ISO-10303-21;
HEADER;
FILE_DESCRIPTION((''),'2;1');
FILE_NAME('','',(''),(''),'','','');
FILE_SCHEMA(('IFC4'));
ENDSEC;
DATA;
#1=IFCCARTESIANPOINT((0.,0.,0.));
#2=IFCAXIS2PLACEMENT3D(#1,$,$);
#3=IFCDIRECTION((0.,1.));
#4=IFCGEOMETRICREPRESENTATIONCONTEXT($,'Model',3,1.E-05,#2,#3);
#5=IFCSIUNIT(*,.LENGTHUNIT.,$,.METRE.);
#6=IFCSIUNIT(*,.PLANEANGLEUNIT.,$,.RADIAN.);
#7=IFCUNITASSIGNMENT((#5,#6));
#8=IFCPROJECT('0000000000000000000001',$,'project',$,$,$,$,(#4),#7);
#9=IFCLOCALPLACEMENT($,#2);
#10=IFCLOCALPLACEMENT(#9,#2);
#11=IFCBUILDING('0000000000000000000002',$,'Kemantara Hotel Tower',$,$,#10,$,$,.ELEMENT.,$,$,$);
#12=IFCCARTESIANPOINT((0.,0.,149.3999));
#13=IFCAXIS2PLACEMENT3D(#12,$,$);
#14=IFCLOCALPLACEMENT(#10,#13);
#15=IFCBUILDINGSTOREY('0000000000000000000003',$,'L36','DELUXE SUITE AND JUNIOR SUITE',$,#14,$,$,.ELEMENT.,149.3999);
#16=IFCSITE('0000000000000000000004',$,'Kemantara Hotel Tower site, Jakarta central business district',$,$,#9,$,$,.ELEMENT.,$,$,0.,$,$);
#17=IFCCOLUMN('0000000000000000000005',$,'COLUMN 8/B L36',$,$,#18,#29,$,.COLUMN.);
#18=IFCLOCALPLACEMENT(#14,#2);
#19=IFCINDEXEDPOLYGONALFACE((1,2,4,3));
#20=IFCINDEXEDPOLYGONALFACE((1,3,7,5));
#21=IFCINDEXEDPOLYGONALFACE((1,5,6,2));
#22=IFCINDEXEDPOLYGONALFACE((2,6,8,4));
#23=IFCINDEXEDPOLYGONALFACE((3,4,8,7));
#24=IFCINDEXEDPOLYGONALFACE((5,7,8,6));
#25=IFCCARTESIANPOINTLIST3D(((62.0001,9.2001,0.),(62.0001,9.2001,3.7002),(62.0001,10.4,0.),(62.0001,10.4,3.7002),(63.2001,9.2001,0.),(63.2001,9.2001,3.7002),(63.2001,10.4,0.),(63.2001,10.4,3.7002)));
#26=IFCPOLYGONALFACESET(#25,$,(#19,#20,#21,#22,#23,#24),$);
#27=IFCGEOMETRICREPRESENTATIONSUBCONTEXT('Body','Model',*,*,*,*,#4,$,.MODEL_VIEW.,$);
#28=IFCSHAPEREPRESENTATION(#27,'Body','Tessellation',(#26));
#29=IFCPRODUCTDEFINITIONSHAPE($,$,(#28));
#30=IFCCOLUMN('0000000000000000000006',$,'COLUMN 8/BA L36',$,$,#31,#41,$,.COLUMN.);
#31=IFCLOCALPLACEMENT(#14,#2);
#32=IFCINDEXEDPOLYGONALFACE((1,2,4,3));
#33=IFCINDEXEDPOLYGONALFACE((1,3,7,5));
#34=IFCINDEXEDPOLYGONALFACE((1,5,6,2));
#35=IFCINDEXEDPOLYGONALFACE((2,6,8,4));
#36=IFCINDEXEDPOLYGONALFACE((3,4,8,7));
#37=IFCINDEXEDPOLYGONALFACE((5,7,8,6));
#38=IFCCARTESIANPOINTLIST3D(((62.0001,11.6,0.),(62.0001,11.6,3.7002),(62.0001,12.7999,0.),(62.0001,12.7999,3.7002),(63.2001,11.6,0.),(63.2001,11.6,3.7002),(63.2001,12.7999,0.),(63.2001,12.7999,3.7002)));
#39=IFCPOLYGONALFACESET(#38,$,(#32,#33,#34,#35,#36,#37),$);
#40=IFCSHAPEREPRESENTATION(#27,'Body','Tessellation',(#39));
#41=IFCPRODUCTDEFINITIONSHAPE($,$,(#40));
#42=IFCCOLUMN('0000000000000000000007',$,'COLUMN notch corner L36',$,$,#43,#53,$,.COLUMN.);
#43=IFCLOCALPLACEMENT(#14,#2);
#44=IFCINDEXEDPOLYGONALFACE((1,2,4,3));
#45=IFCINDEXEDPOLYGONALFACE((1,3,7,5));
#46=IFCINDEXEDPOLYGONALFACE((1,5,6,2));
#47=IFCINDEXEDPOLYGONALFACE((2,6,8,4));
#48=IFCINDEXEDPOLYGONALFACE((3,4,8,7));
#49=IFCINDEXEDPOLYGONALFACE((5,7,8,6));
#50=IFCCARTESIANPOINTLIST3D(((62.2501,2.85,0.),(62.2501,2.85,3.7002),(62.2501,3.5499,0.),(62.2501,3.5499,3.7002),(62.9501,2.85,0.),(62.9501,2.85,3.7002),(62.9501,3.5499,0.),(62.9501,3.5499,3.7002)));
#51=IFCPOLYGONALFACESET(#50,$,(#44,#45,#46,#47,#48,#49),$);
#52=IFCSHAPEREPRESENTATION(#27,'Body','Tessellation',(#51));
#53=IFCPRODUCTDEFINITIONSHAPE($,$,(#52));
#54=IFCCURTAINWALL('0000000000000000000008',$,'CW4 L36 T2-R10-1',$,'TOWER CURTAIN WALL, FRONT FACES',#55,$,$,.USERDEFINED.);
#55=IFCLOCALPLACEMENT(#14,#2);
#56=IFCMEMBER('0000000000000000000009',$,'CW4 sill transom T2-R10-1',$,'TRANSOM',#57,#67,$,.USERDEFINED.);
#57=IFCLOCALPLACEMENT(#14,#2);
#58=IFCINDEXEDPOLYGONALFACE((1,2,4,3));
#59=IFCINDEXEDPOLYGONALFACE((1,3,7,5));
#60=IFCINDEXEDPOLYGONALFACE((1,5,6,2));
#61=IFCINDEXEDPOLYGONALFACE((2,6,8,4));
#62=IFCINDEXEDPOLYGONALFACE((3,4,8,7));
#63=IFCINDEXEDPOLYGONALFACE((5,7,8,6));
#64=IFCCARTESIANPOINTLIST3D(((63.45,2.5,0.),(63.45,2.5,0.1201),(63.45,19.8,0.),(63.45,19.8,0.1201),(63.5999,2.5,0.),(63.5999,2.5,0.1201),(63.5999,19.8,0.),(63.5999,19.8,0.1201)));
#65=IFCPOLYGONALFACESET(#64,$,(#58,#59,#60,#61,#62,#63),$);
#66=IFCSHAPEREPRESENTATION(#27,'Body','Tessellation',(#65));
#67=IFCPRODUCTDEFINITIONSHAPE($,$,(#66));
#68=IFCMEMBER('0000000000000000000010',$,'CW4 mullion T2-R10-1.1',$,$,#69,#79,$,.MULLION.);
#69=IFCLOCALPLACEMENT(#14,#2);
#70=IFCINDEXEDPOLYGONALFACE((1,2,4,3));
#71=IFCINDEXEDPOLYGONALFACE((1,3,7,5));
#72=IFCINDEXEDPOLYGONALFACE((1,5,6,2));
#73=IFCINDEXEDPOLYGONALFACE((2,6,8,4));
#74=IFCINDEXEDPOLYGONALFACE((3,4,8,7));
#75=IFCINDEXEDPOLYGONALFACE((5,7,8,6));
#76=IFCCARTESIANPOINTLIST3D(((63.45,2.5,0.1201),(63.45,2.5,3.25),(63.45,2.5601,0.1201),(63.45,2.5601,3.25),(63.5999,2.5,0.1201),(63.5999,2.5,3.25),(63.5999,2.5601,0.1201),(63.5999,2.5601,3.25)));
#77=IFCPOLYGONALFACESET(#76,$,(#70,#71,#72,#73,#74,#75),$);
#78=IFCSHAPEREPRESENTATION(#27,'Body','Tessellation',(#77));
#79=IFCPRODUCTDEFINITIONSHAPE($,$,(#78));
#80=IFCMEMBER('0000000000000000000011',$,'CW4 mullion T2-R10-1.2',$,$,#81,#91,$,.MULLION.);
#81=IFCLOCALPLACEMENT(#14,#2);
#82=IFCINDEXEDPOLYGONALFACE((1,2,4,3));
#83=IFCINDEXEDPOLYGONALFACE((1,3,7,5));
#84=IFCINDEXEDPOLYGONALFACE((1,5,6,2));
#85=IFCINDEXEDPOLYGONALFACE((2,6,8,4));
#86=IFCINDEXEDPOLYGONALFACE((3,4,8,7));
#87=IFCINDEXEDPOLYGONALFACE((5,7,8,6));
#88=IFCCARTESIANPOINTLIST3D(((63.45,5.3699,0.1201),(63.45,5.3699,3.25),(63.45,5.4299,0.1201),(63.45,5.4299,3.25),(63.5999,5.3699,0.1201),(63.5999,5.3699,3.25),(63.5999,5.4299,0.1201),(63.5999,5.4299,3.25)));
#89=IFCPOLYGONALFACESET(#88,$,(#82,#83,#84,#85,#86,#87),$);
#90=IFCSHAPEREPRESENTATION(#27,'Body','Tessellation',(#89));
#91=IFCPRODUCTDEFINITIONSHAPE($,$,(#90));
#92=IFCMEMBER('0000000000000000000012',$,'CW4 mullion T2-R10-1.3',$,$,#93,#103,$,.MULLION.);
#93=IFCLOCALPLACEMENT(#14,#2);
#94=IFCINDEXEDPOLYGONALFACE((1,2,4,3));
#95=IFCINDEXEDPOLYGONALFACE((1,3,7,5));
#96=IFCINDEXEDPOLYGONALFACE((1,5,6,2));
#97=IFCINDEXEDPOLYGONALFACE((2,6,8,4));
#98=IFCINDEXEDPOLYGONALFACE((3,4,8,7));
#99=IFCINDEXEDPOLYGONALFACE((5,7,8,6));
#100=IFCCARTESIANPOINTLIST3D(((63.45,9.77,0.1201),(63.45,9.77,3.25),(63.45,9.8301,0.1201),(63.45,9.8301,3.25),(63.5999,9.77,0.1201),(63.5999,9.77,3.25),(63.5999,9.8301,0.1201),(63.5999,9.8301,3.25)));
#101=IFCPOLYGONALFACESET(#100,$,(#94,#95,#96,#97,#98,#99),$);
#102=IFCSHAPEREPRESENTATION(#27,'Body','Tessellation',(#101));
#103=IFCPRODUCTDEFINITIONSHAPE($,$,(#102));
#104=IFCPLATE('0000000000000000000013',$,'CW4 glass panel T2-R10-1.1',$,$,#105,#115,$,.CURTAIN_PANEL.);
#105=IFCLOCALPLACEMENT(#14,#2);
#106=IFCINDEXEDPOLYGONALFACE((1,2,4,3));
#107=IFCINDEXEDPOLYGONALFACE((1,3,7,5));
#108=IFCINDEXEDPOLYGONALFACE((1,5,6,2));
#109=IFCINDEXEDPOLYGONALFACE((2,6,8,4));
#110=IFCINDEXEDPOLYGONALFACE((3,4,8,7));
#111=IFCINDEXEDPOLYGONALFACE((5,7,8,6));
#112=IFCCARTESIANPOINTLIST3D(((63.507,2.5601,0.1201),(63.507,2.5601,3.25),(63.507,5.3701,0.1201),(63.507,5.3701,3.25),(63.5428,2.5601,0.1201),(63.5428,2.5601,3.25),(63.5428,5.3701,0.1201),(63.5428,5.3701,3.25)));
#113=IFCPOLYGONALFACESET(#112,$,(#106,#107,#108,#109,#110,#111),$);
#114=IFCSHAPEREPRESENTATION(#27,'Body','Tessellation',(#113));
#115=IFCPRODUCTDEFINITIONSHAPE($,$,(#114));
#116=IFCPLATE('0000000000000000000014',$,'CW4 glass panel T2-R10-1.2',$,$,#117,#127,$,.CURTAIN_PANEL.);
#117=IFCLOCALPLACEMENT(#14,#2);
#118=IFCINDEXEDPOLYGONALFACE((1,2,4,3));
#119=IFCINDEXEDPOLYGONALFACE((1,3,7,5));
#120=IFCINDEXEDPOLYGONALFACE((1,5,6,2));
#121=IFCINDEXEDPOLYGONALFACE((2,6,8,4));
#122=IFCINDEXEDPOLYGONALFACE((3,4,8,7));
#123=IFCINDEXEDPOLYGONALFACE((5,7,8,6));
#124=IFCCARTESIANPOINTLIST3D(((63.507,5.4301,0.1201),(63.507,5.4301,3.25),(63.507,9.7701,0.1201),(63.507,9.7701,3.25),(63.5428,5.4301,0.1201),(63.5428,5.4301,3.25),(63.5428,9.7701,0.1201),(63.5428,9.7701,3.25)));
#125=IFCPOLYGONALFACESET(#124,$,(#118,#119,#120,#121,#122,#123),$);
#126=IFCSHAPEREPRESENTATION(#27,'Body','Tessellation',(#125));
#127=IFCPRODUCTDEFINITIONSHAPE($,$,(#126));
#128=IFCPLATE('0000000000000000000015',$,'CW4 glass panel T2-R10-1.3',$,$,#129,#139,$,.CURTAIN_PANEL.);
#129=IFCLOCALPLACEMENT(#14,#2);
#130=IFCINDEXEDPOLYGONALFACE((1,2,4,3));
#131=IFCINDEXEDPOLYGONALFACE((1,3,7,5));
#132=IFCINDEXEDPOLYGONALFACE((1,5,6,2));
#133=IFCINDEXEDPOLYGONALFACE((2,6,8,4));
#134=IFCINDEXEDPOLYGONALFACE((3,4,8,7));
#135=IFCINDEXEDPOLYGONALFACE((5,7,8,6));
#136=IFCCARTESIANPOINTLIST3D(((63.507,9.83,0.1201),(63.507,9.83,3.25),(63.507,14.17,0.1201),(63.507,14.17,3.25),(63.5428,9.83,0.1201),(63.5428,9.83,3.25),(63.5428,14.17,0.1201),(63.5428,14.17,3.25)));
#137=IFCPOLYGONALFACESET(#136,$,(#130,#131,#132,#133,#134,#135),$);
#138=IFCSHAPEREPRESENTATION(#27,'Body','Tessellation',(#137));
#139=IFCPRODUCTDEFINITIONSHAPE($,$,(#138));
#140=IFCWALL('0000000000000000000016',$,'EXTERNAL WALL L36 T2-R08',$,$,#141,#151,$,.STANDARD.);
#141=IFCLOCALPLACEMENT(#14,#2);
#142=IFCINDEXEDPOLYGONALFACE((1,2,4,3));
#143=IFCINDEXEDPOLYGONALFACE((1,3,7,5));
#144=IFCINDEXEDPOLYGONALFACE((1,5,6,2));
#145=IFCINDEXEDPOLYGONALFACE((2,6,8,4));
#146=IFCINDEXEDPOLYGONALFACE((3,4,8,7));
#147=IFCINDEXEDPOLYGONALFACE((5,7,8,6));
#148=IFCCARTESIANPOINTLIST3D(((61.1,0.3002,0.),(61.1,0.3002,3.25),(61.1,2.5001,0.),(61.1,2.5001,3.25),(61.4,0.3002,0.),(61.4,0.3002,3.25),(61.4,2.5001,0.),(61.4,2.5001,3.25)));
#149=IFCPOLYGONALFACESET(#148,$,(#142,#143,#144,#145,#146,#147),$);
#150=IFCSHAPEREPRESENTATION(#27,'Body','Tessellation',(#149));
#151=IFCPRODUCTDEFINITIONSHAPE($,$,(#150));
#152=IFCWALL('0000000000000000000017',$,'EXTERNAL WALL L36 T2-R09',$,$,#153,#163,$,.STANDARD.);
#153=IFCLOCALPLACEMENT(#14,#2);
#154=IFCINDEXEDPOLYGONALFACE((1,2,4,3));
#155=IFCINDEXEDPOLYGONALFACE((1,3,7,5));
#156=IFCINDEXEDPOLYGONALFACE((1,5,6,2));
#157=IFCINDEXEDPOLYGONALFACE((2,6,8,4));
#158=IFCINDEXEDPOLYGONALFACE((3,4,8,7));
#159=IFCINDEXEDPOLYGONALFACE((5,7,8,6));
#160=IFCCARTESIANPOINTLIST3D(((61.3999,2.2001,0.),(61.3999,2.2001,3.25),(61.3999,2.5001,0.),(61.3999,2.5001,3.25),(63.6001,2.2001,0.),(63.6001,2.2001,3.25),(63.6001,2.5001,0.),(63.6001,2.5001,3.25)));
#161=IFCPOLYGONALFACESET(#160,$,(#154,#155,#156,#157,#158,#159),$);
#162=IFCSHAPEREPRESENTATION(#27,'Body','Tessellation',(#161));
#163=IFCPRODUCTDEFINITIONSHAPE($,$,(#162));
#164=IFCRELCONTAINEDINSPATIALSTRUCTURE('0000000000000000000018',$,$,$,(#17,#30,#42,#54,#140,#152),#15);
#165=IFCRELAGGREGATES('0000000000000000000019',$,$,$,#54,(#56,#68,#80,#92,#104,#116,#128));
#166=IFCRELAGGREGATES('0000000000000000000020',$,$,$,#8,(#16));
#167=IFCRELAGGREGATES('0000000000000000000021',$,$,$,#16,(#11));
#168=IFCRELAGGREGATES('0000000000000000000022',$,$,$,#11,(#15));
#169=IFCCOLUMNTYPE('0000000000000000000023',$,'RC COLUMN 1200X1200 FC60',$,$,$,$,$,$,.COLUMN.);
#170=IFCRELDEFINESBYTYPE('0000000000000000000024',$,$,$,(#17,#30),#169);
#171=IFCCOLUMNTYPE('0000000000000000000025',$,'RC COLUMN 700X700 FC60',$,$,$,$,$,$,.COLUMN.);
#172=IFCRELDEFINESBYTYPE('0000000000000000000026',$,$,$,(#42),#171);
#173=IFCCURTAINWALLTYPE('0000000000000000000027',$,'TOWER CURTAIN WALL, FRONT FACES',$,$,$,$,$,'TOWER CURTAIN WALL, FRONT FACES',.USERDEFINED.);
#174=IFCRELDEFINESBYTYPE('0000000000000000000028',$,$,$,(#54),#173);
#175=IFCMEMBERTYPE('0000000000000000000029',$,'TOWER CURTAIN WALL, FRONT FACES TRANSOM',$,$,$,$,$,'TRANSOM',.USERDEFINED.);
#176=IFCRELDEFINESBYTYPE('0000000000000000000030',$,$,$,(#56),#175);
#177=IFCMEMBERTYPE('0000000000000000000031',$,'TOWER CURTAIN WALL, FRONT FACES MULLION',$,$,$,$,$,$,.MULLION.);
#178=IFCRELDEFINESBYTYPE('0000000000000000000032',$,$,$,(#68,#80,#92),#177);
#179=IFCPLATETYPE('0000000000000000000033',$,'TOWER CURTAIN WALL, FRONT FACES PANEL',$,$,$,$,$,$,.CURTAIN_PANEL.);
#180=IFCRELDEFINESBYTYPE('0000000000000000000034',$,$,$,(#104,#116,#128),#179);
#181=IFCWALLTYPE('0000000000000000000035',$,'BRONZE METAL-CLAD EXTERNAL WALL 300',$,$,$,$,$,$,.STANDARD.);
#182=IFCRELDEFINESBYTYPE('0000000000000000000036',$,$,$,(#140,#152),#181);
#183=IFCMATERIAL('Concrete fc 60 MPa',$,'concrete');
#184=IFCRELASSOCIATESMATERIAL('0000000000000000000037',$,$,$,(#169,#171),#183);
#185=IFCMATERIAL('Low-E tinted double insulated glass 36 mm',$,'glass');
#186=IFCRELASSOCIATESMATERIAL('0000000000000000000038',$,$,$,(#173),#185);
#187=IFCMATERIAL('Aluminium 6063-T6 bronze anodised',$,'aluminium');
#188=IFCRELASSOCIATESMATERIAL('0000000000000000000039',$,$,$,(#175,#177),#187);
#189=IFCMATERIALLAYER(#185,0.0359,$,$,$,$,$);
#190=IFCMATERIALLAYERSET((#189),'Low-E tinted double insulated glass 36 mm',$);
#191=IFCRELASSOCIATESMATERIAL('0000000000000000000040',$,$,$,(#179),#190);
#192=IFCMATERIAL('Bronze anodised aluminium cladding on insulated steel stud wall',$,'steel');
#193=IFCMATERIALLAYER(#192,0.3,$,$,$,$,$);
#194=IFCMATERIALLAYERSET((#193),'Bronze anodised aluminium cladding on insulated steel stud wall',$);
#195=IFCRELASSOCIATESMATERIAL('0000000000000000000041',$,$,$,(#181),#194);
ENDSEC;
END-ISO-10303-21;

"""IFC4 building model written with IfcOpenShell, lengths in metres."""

from ifc_helpers import new_model, si_unit, direction, frame, frame_2d, origin, origin_2d, place, context, subcontext, project, spatial, rectangle, extrude, source, transform, mapped, material, layer, layer_set, material_profile, profile_set, type_object, element, aggregate, save


model = new_model("IFC4")

# Units and contexts
model_context = context("Model", 3, precision=1e-05, world=origin(), true_north=direction((0.0, 1.0)))
body_context = subcontext(model_context, "Body", "Model", "MODEL_VIEW")
ifc_project = project(units=[si_unit("LENGTHUNIT", "METRE"), si_unit("PLANEANGLEUNIT", "RADIAN")], contexts=[model_context])

# Site, building, storey
site_placement = place(None, origin())
site = spatial("IfcSite", under=ifc_project, at=site_placement, Name="Kemantara Hotel Tower site, Jakarta central business district", CompositionType="ELEMENT", RefElevation=0.0)
building_placement = place(site_placement, origin())
building = spatial("IfcBuilding", under=site, at=building_placement, Name="Kemantara Hotel Tower", CompositionType="ELEMENT")
storey_placement = place(building_placement, frame((0.0, 0.0, 149.3999)))
storey = spatial("IfcBuildingStorey", under=building, at=storey_placement, Name="L36", Description="DELUXE SUITE AND JUNIOR SUITE", CompositionType="ELEMENT", Elevation=149.3999)

# Columns
ifc_material_1 = material(Name="Concrete fc 60 MPa", Category="concrete")
ifc_material_profile_1 = material_profile(ifc_material_1, rectangle(XDim=1.2, YDim=1.2, at=origin_2d()), Name="RC 1200X1200")
ifc_profile_set_1 = profile_set([ifc_material_profile_1], Name="Concrete fc 60 MPa")
column_type_1 = type_object("IfcColumnType", Name="RC COLUMN 1200X1200 FC60", PredefinedType="COLUMN", material=ifc_profile_set_1)
for number, where, z_axis, x_axis, name in (
    (1, (62.6001, 9.8, 0.0), (0.0, 0.0, 1.0), (1.0, 0.0, 0.0), "COLUMN 8/B L36"),
    (2, (62.6001, 12.2, 0.0), (0.0, 0.0, 1.0), (1.0, 0.0, 0.0), "COLUMN 8/BA L36"),
):
    element("IfcColumn", number, at=place(storey_placement, frame(where, z_axis=z_axis, x_axis=x_axis)), inside=storey, type_object=column_type_1, Name=name, PredefinedType="COLUMN", context=body_context, shape_type="SweptSolid", body=[
        extrude(rectangle(XDim=1.2, YDim=1.2, at=origin_2d()), origin(), (0.0, 0.0, 1.0), 3.7002),
    ])
ifc_material_profile_2 = material_profile(ifc_material_1, rectangle(XDim=0.7, YDim=0.7, at=origin_2d()), Name="RC 700X700")
ifc_profile_set_2 = profile_set([ifc_material_profile_2], Name="Concrete fc 60 MPa")
column_type_2 = type_object("IfcColumnType", Name="RC COLUMN 700X700 FC60", PredefinedType="COLUMN", material=ifc_profile_set_2)
column_placement = place(storey_placement, frame((62.6001, 3.2, 0.0), z_axis=(0.0, 0.0, 1.0), x_axis=(1.0, 0.0, 0.0)))
element("IfcColumn", 3, at=column_placement, inside=storey, type_object=column_type_2, Name="COLUMN notch corner L36", PredefinedType="COLUMN", context=body_context, shape_type="SweptSolid", body=[
    extrude(rectangle(XDim=0.7, YDim=0.7, at=origin_2d()), origin(), (0.0, 0.0, 1.0), 3.7002),
])

# Curtain wall, members, plates
ifc_material_2 = material(Name="Low-E tinted double insulated glass 36 mm", Category="glass")
curtain_wall_type = type_object("IfcCurtainWallType", Name="TOWER CURTAIN WALL, FRONT FACES", ElementType="TOWER CURTAIN WALL, FRONT FACES", PredefinedType="USERDEFINED", material=ifc_material_2)
curtain_wall_placement = place(storey_placement, origin())
curtain_wall = element("IfcCurtainWall", 4, at=curtain_wall_placement, inside=storey, type_object=curtain_wall_type, Name="CW4 L36 T2-R10-1", ObjectType="TOWER CURTAIN WALL, FRONT FACES", PredefinedType="USERDEFINED")
ifc_material_3 = material(Name="Aluminium 6063-T6 bronze anodised", Category="aluminium")
ifc_material_profile_3 = material_profile(ifc_material_3, rectangle(XDim=0.1499, YDim=0.1201, at=origin_2d()), Name="TOWER CURTAIN WALL, FRONT FACES TRANSOM")
ifc_profile_set_3 = profile_set([ifc_material_profile_3], Name="Aluminium 6063-T6 bronze anodised")
member_type_1 = type_object("IfcMemberType", Name="TOWER CURTAIN WALL, FRONT FACES TRANSOM", ElementType="TRANSOM", PredefinedType="USERDEFINED", material=ifc_profile_set_3)
member_1_placement = place(storey_placement, frame((63.5249, 2.5, 0.0601), z_axis=(0.0, 1.0, 0.0), x_axis=(-1.0, 0.0, 0.0)))
member_1 = element("IfcMember", 5, at=member_1_placement, type_object=member_type_1, Name="CW4 sill transom T2-R10-1", ObjectType="TRANSOM", PredefinedType="USERDEFINED", context=body_context, shape_type="SweptSolid", body=[
    extrude(rectangle(XDim=0.1499, YDim=0.1201, at=origin_2d()), origin(), (0.0, 0.0, 1.0), 17.3),
])
ifc_material_profile_4 = material_profile(ifc_material_3, rectangle(XDim=0.1499, YDim=0.0601, at=origin_2d()), Name="TOWER CURTAIN WALL, FRONT FACES MULLION")
ifc_profile_set_4 = profile_set([ifc_material_profile_4], Name="Aluminium 6063-T6 bronze anodised")
member_type_2 = type_object("IfcMemberType", Name="TOWER CURTAIN WALL, FRONT FACES MULLION", PredefinedType="MULLION", material=ifc_profile_set_4)
shared_shape_1 = source(origin(), body_context, "Body", "SweptSolid", [
    extrude(rectangle(XDim=0.1499, YDim=0.0601, at=origin_2d()), origin(), (0.0, 0.0, 1.0), 3.1299),
])
member_2_placement = place(storey_placement, frame((63.5249, 2.53, 0.1201), z_axis=(0.0, 0.0, 1.0), x_axis=(-1.0, 0.0, 0.0)))
member_2 = element("IfcMember", 6, at=member_2_placement, type_object=member_type_2, Name="CW4 mullion T2-R10-1.1", PredefinedType="MULLION", context=body_context, shape_type="MappedRepresentation", body=[
    mapped(shared_shape_1, transform((0.0, 0.0, 0.0))),
])
member_3_placement = place(storey_placement, frame((63.5249, 5.3999, 0.1201), z_axis=(0.0, 0.0, 1.0), x_axis=(-1.0, 0.0, 0.0)))
member_3 = element("IfcMember", 7, at=member_3_placement, type_object=member_type_2, Name="CW4 mullion T2-R10-1.2", PredefinedType="MULLION", context=body_context, shape_type="MappedRepresentation", body=[
    mapped(shared_shape_1, transform((0.0, 0.0, 0.0))),
])
member_4_placement = place(storey_placement, frame((63.5249, 9.8, 0.1201), z_axis=(0.0, 0.0, 1.0), x_axis=(-1.0, 0.0, 0.0)))
member_4 = element("IfcMember", 8, at=member_4_placement, type_object=member_type_2, Name="CW4 mullion T2-R10-1.3", PredefinedType="MULLION", context=body_context, shape_type="MappedRepresentation", body=[
    mapped(shared_shape_1, transform((0.0, 0.0, 0.0))),
])
ifc_layer_1 = layer(ifc_material_2, 0.0359)
ifc_layer_set_1 = layer_set([ifc_layer_1], Name="Low-E tinted double insulated glass 36 mm")
plate_type = type_object("IfcPlateType", Name="TOWER CURTAIN WALL, FRONT FACES PANEL", PredefinedType="CURTAIN_PANEL", material=ifc_layer_set_1)
shared_shape_2 = source(origin(), body_context, "Body", "SweptSolid", [
    extrude(rectangle(XDim=2.8101, YDim=0.0359, at=origin_2d()), origin(), (0.0, 0.0, 1.0), 3.1299),
])
plate_1_placement = place(storey_placement, frame((63.5249, 3.9651, 0.1201), z_axis=(0.0, 0.0, 1.0), x_axis=(0.0, 1.0, 0.0)))
plate_1 = element("IfcPlate", 9, at=plate_1_placement, type_object=plate_type, Name="CW4 glass panel T2-R10-1.1", PredefinedType="CURTAIN_PANEL", context=body_context, shape_type="MappedRepresentation", body=[
    mapped(shared_shape_2, transform((0.0, 0.0, 0.0))),
])
shared_shape_3 = source(origin(), body_context, "Body", "SweptSolid", [
    extrude(rectangle(XDim=4.3401, YDim=0.0359, at=origin_2d()), origin(), (0.0, 0.0, 1.0), 3.1299),
])
plate_2_placement = place(storey_placement, frame((63.5249, 7.6001, 0.1201), z_axis=(0.0, 0.0, 1.0), x_axis=(0.0, 1.0, 0.0)))
plate_2 = element("IfcPlate", 10, at=plate_2_placement, type_object=plate_type, Name="CW4 glass panel T2-R10-1.2", PredefinedType="CURTAIN_PANEL", context=body_context, shape_type="MappedRepresentation", body=[
    mapped(shared_shape_3, transform((0.0, 0.0, 0.0))),
])
plate_3_placement = place(storey_placement, frame((63.5249, 12.0, 0.1201), z_axis=(0.0, 0.0, 1.0), x_axis=(0.0, 1.0, 0.0)))
plate_3 = element("IfcPlate", 11, at=plate_3_placement, type_object=plate_type, Name="CW4 glass panel T2-R10-1.3", PredefinedType="CURTAIN_PANEL", context=body_context, shape_type="MappedRepresentation", body=[
    mapped(shared_shape_3, transform((0.0, 0.0, 0.0))),
])
aggregate(curtain_wall, [member_1, member_2, member_3, member_4, plate_1, plate_2, plate_3])

# Walls
ifc_material_4 = material(Name="Bronze anodised aluminium cladding on insulated steel stud wall", Category="steel")
ifc_layer_2 = layer(ifc_material_4, 0.3)
ifc_layer_set_2 = layer_set([ifc_layer_2], Name="Bronze anodised aluminium cladding on insulated steel stud wall")
wall_type_1 = type_object("IfcWallType", Name="BRONZE METAL-CLAD EXTERNAL WALL 300", PredefinedType="STANDARD", material=ifc_layer_set_2)
wall_1_placement = place(storey_placement, frame((61.25, 0.3, 0.0), z_axis=(0.0, 0.0, 1.0), x_axis=(0.0, 1.0, 0.0)))
element("IfcWall", 12, at=wall_1_placement, inside=storey, type_object=wall_type_1, Name="EXTERNAL WALL L36 T2-R08", PredefinedType="STANDARD", context=body_context, shape_type="SweptSolid", body=[
    extrude(rectangle(XDim=2.2, YDim=0.3, at=frame_2d((1.1001, 0.0))), origin(), (0.0, 0.0, 1.0), 3.25),
])
wall_2_placement = place(storey_placement, frame((61.3999, 2.3501, 0.0), z_axis=(0.0, 0.0, 1.0), x_axis=(1.0, 0.0, 0.0)))
element("IfcWall", 13, at=wall_2_placement, inside=storey, type_object=wall_type_1, Name="EXTERNAL WALL L36 T2-R09", PredefinedType="STANDARD", context=body_context, shape_type="SweptSolid", body=[
    extrude(rectangle(XDim=2.2002, YDim=0.3, at=frame_2d((1.1001, 0.0))), origin(), (0.0, 0.0, 1.0), 3.25),
])

save(model, "model.ifc")
